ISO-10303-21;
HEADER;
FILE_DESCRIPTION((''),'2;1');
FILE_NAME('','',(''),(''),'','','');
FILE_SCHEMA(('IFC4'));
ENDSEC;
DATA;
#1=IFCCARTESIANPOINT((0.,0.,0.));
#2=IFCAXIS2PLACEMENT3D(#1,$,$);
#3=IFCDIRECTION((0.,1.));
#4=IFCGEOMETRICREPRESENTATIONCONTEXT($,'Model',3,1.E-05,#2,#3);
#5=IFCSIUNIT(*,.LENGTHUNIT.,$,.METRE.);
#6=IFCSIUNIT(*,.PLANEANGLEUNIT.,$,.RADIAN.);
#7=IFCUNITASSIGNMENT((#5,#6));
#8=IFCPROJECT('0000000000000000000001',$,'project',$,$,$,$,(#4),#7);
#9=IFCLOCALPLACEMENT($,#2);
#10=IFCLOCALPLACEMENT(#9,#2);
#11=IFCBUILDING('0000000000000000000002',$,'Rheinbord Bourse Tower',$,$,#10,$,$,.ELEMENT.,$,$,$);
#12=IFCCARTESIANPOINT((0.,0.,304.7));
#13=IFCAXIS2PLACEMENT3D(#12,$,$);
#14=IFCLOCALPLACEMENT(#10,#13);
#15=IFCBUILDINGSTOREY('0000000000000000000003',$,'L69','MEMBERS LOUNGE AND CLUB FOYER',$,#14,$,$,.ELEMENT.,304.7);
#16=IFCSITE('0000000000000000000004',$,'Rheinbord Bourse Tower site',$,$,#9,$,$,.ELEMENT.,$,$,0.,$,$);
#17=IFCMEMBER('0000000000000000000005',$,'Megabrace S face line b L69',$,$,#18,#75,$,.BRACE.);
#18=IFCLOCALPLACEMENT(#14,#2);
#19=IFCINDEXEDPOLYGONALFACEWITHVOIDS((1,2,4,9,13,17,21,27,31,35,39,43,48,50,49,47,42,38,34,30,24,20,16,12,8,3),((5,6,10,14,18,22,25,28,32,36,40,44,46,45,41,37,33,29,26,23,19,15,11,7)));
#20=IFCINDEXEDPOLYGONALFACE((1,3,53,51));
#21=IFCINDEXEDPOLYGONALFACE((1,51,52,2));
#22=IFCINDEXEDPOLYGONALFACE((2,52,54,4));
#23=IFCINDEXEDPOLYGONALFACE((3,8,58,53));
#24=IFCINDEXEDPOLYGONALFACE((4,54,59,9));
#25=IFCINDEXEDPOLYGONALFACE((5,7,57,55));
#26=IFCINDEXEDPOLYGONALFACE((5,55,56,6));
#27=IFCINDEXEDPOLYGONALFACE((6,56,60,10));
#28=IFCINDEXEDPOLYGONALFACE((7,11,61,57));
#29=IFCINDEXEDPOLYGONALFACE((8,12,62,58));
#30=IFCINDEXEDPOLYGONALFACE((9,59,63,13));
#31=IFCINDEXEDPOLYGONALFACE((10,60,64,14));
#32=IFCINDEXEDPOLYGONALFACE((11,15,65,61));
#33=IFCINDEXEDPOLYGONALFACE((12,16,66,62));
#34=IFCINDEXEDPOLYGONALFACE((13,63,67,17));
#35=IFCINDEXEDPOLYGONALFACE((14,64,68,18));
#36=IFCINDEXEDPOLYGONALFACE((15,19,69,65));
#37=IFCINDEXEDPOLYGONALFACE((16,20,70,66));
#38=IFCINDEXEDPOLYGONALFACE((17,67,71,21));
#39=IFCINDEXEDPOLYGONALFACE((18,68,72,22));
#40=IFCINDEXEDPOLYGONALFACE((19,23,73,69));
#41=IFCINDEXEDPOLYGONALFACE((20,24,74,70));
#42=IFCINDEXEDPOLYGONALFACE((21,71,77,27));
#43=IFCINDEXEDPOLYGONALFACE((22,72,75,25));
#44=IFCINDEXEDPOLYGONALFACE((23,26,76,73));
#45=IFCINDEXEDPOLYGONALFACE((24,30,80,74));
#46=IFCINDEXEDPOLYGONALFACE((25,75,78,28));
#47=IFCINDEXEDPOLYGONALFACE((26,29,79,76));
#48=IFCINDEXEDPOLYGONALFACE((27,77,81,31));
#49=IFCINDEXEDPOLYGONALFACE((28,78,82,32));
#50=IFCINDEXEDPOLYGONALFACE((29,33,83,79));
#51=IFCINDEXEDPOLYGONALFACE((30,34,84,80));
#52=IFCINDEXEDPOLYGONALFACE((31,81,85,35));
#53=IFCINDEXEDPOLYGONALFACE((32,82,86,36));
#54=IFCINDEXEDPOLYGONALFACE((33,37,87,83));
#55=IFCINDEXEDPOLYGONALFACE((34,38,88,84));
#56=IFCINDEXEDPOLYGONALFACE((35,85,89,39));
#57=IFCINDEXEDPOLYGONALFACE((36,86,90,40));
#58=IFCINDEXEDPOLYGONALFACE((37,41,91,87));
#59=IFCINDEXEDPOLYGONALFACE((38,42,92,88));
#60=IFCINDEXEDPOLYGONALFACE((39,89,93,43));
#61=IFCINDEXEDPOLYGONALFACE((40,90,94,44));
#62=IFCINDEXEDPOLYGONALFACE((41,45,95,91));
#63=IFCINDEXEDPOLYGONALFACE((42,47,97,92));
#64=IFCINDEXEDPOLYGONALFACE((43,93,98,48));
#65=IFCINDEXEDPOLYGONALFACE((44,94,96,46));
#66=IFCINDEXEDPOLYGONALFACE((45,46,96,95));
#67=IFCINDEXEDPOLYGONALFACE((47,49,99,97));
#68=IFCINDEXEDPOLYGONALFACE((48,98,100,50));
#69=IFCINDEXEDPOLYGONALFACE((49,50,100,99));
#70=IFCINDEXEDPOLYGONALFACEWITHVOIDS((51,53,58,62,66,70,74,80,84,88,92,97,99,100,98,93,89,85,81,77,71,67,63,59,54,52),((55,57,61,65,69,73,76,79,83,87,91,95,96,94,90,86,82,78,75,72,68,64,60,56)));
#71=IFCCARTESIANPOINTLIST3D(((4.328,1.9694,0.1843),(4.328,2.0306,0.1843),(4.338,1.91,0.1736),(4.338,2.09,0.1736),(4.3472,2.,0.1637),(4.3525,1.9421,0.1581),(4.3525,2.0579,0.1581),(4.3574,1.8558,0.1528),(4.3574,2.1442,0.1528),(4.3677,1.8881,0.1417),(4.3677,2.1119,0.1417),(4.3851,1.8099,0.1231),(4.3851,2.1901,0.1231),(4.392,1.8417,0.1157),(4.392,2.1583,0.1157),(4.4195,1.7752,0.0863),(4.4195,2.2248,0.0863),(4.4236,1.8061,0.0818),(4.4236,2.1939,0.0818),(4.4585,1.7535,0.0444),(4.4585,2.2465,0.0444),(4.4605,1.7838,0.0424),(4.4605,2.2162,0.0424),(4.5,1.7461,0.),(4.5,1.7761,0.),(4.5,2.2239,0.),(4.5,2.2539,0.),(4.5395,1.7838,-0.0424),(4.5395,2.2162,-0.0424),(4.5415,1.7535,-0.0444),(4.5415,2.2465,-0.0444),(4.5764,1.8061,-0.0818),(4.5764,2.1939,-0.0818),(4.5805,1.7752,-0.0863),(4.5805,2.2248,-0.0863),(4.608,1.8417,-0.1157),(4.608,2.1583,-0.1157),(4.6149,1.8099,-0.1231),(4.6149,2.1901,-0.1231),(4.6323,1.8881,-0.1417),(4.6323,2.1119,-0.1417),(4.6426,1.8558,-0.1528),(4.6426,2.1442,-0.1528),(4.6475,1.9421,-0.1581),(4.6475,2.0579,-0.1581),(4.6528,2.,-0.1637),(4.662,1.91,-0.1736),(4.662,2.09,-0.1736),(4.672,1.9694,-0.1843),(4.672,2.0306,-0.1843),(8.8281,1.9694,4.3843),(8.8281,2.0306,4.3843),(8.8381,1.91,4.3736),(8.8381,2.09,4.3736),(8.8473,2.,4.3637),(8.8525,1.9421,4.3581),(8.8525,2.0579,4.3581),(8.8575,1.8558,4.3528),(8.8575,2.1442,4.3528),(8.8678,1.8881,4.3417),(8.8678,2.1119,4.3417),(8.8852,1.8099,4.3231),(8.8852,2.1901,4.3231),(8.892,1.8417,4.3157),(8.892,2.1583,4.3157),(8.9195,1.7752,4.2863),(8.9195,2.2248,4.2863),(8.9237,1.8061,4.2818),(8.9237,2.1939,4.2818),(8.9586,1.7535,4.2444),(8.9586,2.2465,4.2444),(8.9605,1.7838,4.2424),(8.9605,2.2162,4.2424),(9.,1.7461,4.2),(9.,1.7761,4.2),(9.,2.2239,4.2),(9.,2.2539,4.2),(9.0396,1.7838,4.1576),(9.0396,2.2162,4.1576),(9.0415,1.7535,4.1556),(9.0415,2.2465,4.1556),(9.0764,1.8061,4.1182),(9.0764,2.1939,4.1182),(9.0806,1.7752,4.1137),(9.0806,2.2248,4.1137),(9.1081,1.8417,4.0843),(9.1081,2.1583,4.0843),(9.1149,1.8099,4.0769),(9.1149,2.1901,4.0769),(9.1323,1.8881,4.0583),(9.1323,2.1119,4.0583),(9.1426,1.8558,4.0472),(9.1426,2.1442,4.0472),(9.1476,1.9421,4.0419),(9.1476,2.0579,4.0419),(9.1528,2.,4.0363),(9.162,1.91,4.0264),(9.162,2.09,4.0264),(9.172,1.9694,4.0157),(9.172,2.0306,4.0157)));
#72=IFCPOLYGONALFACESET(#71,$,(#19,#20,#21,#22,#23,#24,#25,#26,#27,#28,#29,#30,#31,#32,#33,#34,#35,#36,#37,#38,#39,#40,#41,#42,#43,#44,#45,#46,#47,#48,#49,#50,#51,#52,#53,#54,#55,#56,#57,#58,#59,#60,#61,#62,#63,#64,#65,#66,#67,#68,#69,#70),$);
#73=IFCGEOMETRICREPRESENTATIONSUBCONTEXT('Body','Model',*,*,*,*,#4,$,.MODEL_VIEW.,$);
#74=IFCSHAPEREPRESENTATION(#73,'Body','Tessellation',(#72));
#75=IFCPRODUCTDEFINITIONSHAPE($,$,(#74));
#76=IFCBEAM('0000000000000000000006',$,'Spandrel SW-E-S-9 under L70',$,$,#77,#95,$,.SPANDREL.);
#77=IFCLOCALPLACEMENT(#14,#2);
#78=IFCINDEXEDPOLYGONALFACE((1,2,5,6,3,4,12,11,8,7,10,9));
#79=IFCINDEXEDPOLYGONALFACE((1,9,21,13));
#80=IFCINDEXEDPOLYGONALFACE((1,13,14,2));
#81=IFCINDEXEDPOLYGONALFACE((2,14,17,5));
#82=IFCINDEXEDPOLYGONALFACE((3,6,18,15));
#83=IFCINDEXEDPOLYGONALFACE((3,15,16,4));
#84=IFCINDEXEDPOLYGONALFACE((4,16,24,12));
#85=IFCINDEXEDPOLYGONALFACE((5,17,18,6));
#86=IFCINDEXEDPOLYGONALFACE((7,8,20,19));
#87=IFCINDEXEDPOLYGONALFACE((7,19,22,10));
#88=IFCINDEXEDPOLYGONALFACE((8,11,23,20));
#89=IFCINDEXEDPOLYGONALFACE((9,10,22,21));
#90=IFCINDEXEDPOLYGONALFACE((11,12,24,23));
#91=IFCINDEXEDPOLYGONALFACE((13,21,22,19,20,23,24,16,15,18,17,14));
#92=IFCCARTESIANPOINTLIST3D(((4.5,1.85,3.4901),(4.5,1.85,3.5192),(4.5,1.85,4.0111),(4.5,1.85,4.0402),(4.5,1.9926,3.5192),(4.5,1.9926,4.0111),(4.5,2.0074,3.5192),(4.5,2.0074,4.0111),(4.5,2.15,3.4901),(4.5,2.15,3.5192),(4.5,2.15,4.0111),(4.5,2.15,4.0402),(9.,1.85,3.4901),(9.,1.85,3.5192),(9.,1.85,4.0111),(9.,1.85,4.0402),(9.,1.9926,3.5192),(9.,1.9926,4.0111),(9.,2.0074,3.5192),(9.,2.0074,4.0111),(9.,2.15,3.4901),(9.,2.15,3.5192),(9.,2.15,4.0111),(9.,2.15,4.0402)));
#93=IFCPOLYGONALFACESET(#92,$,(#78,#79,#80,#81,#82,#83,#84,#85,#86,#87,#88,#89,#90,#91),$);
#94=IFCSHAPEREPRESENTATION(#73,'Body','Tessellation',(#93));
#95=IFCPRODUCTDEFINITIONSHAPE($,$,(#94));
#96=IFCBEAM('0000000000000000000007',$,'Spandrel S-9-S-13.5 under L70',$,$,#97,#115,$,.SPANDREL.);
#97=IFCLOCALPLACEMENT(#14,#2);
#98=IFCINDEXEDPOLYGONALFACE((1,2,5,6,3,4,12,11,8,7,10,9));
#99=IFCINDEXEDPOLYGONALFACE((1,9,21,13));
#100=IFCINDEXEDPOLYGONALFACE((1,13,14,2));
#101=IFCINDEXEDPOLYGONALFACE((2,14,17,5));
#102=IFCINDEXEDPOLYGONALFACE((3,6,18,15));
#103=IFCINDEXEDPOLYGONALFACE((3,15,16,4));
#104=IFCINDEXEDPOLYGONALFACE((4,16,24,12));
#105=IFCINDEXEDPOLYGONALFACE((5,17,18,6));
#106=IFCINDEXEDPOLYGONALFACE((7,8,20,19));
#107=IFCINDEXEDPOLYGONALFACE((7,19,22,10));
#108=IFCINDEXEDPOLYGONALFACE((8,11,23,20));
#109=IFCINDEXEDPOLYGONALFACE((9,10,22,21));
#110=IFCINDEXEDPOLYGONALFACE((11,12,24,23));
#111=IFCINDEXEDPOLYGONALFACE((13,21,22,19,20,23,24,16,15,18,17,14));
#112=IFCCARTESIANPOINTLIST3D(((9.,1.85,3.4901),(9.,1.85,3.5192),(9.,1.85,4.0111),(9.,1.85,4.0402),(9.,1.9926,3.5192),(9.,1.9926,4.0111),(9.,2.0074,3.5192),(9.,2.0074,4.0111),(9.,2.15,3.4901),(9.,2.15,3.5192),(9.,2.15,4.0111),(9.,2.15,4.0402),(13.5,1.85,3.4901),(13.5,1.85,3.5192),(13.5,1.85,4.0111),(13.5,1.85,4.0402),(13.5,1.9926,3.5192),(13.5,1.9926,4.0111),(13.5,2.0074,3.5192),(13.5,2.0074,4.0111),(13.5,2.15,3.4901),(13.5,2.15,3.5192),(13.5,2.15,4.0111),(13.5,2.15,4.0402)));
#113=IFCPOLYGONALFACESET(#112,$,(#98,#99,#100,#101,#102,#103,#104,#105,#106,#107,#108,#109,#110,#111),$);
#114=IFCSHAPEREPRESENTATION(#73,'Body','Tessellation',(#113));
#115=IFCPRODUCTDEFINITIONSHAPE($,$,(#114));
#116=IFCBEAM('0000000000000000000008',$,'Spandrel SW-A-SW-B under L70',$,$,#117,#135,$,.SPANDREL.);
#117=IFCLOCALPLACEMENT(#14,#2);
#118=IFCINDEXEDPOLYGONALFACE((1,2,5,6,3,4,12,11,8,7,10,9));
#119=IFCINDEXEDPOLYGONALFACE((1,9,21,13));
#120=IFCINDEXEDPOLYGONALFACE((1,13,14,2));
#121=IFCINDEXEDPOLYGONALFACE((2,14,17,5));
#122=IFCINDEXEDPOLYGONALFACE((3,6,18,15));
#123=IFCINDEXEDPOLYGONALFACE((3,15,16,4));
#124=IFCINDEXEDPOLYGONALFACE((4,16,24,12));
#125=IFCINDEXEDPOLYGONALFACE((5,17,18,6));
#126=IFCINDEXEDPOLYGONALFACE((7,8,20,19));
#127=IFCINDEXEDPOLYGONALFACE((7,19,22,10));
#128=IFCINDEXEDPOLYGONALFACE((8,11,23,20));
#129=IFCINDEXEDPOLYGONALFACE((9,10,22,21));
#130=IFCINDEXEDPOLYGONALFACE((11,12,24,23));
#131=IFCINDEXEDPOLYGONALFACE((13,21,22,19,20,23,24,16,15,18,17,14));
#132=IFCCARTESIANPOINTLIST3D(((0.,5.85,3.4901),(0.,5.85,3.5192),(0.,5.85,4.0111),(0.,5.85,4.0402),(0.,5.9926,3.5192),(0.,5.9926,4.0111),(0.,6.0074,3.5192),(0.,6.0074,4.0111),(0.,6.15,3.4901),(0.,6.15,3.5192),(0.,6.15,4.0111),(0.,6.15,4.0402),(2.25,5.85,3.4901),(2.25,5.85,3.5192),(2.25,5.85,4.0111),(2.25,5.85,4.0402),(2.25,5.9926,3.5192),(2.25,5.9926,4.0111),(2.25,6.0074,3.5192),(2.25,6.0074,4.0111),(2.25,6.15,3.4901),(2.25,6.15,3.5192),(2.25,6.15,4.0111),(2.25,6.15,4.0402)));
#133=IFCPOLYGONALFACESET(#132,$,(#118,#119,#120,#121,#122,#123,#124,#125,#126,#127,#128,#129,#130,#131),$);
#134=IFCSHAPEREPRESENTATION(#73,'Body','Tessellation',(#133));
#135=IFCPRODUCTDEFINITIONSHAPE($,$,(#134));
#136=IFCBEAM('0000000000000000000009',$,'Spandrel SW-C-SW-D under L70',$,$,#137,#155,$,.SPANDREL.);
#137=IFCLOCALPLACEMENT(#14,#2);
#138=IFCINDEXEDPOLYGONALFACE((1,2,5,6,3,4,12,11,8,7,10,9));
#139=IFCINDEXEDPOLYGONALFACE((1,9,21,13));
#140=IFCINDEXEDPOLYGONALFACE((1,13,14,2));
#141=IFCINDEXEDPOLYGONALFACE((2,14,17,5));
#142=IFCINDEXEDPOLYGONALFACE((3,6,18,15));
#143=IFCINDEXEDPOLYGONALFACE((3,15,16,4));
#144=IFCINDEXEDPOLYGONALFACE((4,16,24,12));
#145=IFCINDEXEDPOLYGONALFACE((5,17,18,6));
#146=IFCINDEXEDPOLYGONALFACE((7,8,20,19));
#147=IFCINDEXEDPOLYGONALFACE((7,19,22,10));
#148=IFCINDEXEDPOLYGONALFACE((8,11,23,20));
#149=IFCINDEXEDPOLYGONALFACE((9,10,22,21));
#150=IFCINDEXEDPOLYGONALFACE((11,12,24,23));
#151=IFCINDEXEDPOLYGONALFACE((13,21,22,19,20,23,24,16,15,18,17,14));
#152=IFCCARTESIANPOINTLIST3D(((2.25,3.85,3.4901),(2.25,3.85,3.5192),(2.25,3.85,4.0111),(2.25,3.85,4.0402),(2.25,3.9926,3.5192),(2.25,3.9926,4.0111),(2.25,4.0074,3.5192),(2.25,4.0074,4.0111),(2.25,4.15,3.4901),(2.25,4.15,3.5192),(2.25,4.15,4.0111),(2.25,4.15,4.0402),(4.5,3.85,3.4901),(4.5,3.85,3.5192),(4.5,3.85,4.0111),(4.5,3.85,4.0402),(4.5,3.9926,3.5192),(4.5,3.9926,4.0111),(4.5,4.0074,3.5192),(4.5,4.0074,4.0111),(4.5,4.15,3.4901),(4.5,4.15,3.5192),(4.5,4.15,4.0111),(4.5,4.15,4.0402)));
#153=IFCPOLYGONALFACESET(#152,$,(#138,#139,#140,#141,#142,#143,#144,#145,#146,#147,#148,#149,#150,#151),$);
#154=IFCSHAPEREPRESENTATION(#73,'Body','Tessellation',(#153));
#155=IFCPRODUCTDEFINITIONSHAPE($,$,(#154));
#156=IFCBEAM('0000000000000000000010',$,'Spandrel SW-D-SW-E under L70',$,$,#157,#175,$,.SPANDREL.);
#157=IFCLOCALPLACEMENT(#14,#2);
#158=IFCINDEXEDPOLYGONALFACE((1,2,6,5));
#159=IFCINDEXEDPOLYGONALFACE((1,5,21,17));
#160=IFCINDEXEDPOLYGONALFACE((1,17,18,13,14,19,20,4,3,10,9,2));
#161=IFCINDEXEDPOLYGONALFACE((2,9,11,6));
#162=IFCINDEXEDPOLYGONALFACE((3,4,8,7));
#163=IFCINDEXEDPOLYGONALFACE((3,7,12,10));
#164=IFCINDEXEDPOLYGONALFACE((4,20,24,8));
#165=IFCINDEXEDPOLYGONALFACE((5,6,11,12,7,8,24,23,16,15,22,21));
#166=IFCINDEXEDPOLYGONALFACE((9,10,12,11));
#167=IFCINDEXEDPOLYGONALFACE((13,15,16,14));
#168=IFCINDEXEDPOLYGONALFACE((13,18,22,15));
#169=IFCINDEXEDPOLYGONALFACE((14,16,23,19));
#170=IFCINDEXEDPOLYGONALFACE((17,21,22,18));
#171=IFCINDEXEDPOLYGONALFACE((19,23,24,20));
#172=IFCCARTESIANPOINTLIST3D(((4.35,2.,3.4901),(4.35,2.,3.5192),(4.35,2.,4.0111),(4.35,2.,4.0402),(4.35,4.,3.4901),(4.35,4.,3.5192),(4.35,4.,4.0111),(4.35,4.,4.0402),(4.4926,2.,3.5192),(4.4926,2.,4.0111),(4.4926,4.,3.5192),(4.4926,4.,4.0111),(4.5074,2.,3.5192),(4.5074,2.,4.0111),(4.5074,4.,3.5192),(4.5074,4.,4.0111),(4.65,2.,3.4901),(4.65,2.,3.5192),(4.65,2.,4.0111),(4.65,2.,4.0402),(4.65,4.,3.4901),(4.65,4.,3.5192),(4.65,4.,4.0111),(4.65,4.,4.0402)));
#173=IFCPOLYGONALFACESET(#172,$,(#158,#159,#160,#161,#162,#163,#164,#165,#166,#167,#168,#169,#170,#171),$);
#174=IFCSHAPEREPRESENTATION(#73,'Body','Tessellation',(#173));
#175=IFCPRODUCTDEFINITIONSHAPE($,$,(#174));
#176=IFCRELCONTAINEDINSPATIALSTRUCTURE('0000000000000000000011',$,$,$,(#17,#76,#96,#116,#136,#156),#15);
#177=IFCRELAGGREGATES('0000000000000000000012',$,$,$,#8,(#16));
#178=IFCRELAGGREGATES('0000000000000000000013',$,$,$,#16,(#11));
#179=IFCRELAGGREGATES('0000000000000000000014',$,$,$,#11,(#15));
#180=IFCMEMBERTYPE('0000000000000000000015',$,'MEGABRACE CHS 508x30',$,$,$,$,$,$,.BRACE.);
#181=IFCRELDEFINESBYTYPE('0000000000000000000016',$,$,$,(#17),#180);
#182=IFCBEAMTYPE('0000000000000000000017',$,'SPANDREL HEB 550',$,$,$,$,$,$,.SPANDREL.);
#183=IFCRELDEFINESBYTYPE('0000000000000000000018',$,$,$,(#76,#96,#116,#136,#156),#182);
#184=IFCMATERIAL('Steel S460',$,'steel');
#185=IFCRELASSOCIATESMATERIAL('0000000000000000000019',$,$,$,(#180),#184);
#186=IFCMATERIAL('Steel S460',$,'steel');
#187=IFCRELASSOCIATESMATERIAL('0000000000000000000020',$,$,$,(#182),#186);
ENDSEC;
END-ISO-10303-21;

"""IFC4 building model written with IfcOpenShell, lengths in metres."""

from ifc_helpers import new_model, si_unit, direction, frame, origin, origin_2d, place, context, subcontext, project, spatial, hollow_circle, i_section, extrude, material, material_profile, profile_set, type_object, element, save


model = new_model("IFC4")

# Units and contexts
model_context = context("Model", 3, precision=1e-05, world=origin(), true_north=direction((0.0, 1.0)))
body_context = subcontext(model_context, "Body", "Model", "MODEL_VIEW")
ifc_project = project(units=[si_unit("LENGTHUNIT", "METRE"), si_unit("PLANEANGLEUNIT", "RADIAN")], contexts=[model_context])

# Site, building, storey
site_placement = place(None, origin())
site = spatial("IfcSite", under=ifc_project, at=site_placement, Name="Rheinbord Bourse Tower site", CompositionType="ELEMENT", RefElevation=0.0)
building_placement = place(site_placement, origin())
building = spatial("IfcBuilding", under=site, at=building_placement, Name="Rheinbord Bourse Tower", CompositionType="ELEMENT")
storey_placement = place(building_placement, frame((0.0, 0.0, 304.7)))
storey = spatial("IfcBuildingStorey", under=building, at=storey_placement, Name="L69", Description="MEMBERS LOUNGE AND CLUB FOYER", CompositionType="ELEMENT", Elevation=304.7)

# Member
ifc_material_1 = material(Name="Steel S460", Category="steel")
ifc_material_profile_1 = material_profile(ifc_material_1, hollow_circle(Radius=0.2539, WallThickness=0.03, at=origin_2d()), Name="CHS 508x30")
ifc_profile_set_1 = profile_set([ifc_material_profile_1], Name="Steel S460")
member_type_1 = type_object("IfcMemberType", Name="MEGABRACE CHS 508x30", PredefinedType="BRACE", material=ifc_profile_set_1)
member_1_placement = place(storey_placement, frame((4.5, 2.0, 0.0), z_axis=(0.731059, 0.0, 0.682314), x_axis=(0.0, 1.0, 0.0)))
element("IfcMember", 1, at=member_1_placement, inside=storey, type_object=member_type_1, Name="Megabrace S face line b L69", PredefinedType="BRACE", context=body_context, shape_type="SweptSolid", body=[
    extrude(hollow_circle(Radius=0.2539, WallThickness=0.03, at=origin_2d()), origin(), (0.0, 0.0, 1.0), 6.1555),
])

# Beams
ifc_material_2 = material(Name="Steel S460", Category="steel")
ifc_material_profile_2 = material_profile(ifc_material_2, i_section(OverallWidth=0.3, OverallDepth=0.55, WebThickness=0.0149, FlangeThickness=0.0291, at=origin_2d()), Name="HEB 550")
ifc_profile_set_2 = profile_set([ifc_material_profile_2], Name="Steel S460")
beam_type_1 = type_object("IfcBeamType", Name="SPANDREL HEB 550", PredefinedType="SPANDREL", material=ifc_profile_set_2)
for number, where, z_axis, x_axis, name in (
    (2, (4.5, 2.0, 3.7651), (1.0, 0.0, 0.0), (0.0, 1.0, 0.0), "Spandrel SW-E-S-9 under L70"),
    (3, (9.0, 2.0, 3.7651), (1.0, 0.0, 0.0), (0.0, 1.0, 0.0), "Spandrel S-9-S-13.5 under L70"),
):
    element("IfcBeam", number, at=place(storey_placement, frame(where, z_axis=z_axis, x_axis=x_axis)), inside=storey, type_object=beam_type_1, Name=name, PredefinedType="SPANDREL", context=body_context, shape_type="SweptSolid", body=[
        extrude(i_section(OverallWidth=0.3, OverallDepth=0.55, WebThickness=0.0149, FlangeThickness=0.0291, at=origin_2d()), origin(), (0.0, 0.0, 1.0), 4.5),
    ])
for number, where, z_axis, x_axis, name in (
    (4, (0.0, 6.0, 3.7651), (1.0, 0.0, 0.0), (0.0, 1.0, 0.0), "Spandrel SW-A-SW-B under L70"),
    (5, (2.25, 4.0, 3.7651), (1.0, 0.0, 0.0), (0.0, 1.0, 0.0), "Spandrel SW-C-SW-D under L70"),
):
    element("IfcBeam", number, at=place(storey_placement, frame(where, z_axis=z_axis, x_axis=x_axis)), inside=storey, type_object=beam_type_1, Name=name, PredefinedType="SPANDREL", context=body_context, shape_type="SweptSolid", body=[
        extrude(i_section(OverallWidth=0.3, OverallDepth=0.55, WebThickness=0.0149, FlangeThickness=0.0291, at=origin_2d()), origin(), (0.0, 0.0, 1.0), 2.25),
    ])
beam_placement = place(storey_placement, frame((4.5, 4.0, 3.7651), z_axis=(0.0, -1.0, 0.0), x_axis=(1.0, 0.0, 0.0)))
element("IfcBeam", 6, at=beam_placement, inside=storey, type_object=beam_type_1, Name="Spandrel SW-D-SW-E under L70", PredefinedType="SPANDREL", context=body_context, shape_type="SweptSolid", body=[
    extrude(i_section(OverallWidth=0.3, OverallDepth=0.55, WebThickness=0.0149, FlangeThickness=0.0291, at=origin_2d()), origin(), (0.0, 0.0, 1.0), 2.0),
])

save(model, "model.ifc")
